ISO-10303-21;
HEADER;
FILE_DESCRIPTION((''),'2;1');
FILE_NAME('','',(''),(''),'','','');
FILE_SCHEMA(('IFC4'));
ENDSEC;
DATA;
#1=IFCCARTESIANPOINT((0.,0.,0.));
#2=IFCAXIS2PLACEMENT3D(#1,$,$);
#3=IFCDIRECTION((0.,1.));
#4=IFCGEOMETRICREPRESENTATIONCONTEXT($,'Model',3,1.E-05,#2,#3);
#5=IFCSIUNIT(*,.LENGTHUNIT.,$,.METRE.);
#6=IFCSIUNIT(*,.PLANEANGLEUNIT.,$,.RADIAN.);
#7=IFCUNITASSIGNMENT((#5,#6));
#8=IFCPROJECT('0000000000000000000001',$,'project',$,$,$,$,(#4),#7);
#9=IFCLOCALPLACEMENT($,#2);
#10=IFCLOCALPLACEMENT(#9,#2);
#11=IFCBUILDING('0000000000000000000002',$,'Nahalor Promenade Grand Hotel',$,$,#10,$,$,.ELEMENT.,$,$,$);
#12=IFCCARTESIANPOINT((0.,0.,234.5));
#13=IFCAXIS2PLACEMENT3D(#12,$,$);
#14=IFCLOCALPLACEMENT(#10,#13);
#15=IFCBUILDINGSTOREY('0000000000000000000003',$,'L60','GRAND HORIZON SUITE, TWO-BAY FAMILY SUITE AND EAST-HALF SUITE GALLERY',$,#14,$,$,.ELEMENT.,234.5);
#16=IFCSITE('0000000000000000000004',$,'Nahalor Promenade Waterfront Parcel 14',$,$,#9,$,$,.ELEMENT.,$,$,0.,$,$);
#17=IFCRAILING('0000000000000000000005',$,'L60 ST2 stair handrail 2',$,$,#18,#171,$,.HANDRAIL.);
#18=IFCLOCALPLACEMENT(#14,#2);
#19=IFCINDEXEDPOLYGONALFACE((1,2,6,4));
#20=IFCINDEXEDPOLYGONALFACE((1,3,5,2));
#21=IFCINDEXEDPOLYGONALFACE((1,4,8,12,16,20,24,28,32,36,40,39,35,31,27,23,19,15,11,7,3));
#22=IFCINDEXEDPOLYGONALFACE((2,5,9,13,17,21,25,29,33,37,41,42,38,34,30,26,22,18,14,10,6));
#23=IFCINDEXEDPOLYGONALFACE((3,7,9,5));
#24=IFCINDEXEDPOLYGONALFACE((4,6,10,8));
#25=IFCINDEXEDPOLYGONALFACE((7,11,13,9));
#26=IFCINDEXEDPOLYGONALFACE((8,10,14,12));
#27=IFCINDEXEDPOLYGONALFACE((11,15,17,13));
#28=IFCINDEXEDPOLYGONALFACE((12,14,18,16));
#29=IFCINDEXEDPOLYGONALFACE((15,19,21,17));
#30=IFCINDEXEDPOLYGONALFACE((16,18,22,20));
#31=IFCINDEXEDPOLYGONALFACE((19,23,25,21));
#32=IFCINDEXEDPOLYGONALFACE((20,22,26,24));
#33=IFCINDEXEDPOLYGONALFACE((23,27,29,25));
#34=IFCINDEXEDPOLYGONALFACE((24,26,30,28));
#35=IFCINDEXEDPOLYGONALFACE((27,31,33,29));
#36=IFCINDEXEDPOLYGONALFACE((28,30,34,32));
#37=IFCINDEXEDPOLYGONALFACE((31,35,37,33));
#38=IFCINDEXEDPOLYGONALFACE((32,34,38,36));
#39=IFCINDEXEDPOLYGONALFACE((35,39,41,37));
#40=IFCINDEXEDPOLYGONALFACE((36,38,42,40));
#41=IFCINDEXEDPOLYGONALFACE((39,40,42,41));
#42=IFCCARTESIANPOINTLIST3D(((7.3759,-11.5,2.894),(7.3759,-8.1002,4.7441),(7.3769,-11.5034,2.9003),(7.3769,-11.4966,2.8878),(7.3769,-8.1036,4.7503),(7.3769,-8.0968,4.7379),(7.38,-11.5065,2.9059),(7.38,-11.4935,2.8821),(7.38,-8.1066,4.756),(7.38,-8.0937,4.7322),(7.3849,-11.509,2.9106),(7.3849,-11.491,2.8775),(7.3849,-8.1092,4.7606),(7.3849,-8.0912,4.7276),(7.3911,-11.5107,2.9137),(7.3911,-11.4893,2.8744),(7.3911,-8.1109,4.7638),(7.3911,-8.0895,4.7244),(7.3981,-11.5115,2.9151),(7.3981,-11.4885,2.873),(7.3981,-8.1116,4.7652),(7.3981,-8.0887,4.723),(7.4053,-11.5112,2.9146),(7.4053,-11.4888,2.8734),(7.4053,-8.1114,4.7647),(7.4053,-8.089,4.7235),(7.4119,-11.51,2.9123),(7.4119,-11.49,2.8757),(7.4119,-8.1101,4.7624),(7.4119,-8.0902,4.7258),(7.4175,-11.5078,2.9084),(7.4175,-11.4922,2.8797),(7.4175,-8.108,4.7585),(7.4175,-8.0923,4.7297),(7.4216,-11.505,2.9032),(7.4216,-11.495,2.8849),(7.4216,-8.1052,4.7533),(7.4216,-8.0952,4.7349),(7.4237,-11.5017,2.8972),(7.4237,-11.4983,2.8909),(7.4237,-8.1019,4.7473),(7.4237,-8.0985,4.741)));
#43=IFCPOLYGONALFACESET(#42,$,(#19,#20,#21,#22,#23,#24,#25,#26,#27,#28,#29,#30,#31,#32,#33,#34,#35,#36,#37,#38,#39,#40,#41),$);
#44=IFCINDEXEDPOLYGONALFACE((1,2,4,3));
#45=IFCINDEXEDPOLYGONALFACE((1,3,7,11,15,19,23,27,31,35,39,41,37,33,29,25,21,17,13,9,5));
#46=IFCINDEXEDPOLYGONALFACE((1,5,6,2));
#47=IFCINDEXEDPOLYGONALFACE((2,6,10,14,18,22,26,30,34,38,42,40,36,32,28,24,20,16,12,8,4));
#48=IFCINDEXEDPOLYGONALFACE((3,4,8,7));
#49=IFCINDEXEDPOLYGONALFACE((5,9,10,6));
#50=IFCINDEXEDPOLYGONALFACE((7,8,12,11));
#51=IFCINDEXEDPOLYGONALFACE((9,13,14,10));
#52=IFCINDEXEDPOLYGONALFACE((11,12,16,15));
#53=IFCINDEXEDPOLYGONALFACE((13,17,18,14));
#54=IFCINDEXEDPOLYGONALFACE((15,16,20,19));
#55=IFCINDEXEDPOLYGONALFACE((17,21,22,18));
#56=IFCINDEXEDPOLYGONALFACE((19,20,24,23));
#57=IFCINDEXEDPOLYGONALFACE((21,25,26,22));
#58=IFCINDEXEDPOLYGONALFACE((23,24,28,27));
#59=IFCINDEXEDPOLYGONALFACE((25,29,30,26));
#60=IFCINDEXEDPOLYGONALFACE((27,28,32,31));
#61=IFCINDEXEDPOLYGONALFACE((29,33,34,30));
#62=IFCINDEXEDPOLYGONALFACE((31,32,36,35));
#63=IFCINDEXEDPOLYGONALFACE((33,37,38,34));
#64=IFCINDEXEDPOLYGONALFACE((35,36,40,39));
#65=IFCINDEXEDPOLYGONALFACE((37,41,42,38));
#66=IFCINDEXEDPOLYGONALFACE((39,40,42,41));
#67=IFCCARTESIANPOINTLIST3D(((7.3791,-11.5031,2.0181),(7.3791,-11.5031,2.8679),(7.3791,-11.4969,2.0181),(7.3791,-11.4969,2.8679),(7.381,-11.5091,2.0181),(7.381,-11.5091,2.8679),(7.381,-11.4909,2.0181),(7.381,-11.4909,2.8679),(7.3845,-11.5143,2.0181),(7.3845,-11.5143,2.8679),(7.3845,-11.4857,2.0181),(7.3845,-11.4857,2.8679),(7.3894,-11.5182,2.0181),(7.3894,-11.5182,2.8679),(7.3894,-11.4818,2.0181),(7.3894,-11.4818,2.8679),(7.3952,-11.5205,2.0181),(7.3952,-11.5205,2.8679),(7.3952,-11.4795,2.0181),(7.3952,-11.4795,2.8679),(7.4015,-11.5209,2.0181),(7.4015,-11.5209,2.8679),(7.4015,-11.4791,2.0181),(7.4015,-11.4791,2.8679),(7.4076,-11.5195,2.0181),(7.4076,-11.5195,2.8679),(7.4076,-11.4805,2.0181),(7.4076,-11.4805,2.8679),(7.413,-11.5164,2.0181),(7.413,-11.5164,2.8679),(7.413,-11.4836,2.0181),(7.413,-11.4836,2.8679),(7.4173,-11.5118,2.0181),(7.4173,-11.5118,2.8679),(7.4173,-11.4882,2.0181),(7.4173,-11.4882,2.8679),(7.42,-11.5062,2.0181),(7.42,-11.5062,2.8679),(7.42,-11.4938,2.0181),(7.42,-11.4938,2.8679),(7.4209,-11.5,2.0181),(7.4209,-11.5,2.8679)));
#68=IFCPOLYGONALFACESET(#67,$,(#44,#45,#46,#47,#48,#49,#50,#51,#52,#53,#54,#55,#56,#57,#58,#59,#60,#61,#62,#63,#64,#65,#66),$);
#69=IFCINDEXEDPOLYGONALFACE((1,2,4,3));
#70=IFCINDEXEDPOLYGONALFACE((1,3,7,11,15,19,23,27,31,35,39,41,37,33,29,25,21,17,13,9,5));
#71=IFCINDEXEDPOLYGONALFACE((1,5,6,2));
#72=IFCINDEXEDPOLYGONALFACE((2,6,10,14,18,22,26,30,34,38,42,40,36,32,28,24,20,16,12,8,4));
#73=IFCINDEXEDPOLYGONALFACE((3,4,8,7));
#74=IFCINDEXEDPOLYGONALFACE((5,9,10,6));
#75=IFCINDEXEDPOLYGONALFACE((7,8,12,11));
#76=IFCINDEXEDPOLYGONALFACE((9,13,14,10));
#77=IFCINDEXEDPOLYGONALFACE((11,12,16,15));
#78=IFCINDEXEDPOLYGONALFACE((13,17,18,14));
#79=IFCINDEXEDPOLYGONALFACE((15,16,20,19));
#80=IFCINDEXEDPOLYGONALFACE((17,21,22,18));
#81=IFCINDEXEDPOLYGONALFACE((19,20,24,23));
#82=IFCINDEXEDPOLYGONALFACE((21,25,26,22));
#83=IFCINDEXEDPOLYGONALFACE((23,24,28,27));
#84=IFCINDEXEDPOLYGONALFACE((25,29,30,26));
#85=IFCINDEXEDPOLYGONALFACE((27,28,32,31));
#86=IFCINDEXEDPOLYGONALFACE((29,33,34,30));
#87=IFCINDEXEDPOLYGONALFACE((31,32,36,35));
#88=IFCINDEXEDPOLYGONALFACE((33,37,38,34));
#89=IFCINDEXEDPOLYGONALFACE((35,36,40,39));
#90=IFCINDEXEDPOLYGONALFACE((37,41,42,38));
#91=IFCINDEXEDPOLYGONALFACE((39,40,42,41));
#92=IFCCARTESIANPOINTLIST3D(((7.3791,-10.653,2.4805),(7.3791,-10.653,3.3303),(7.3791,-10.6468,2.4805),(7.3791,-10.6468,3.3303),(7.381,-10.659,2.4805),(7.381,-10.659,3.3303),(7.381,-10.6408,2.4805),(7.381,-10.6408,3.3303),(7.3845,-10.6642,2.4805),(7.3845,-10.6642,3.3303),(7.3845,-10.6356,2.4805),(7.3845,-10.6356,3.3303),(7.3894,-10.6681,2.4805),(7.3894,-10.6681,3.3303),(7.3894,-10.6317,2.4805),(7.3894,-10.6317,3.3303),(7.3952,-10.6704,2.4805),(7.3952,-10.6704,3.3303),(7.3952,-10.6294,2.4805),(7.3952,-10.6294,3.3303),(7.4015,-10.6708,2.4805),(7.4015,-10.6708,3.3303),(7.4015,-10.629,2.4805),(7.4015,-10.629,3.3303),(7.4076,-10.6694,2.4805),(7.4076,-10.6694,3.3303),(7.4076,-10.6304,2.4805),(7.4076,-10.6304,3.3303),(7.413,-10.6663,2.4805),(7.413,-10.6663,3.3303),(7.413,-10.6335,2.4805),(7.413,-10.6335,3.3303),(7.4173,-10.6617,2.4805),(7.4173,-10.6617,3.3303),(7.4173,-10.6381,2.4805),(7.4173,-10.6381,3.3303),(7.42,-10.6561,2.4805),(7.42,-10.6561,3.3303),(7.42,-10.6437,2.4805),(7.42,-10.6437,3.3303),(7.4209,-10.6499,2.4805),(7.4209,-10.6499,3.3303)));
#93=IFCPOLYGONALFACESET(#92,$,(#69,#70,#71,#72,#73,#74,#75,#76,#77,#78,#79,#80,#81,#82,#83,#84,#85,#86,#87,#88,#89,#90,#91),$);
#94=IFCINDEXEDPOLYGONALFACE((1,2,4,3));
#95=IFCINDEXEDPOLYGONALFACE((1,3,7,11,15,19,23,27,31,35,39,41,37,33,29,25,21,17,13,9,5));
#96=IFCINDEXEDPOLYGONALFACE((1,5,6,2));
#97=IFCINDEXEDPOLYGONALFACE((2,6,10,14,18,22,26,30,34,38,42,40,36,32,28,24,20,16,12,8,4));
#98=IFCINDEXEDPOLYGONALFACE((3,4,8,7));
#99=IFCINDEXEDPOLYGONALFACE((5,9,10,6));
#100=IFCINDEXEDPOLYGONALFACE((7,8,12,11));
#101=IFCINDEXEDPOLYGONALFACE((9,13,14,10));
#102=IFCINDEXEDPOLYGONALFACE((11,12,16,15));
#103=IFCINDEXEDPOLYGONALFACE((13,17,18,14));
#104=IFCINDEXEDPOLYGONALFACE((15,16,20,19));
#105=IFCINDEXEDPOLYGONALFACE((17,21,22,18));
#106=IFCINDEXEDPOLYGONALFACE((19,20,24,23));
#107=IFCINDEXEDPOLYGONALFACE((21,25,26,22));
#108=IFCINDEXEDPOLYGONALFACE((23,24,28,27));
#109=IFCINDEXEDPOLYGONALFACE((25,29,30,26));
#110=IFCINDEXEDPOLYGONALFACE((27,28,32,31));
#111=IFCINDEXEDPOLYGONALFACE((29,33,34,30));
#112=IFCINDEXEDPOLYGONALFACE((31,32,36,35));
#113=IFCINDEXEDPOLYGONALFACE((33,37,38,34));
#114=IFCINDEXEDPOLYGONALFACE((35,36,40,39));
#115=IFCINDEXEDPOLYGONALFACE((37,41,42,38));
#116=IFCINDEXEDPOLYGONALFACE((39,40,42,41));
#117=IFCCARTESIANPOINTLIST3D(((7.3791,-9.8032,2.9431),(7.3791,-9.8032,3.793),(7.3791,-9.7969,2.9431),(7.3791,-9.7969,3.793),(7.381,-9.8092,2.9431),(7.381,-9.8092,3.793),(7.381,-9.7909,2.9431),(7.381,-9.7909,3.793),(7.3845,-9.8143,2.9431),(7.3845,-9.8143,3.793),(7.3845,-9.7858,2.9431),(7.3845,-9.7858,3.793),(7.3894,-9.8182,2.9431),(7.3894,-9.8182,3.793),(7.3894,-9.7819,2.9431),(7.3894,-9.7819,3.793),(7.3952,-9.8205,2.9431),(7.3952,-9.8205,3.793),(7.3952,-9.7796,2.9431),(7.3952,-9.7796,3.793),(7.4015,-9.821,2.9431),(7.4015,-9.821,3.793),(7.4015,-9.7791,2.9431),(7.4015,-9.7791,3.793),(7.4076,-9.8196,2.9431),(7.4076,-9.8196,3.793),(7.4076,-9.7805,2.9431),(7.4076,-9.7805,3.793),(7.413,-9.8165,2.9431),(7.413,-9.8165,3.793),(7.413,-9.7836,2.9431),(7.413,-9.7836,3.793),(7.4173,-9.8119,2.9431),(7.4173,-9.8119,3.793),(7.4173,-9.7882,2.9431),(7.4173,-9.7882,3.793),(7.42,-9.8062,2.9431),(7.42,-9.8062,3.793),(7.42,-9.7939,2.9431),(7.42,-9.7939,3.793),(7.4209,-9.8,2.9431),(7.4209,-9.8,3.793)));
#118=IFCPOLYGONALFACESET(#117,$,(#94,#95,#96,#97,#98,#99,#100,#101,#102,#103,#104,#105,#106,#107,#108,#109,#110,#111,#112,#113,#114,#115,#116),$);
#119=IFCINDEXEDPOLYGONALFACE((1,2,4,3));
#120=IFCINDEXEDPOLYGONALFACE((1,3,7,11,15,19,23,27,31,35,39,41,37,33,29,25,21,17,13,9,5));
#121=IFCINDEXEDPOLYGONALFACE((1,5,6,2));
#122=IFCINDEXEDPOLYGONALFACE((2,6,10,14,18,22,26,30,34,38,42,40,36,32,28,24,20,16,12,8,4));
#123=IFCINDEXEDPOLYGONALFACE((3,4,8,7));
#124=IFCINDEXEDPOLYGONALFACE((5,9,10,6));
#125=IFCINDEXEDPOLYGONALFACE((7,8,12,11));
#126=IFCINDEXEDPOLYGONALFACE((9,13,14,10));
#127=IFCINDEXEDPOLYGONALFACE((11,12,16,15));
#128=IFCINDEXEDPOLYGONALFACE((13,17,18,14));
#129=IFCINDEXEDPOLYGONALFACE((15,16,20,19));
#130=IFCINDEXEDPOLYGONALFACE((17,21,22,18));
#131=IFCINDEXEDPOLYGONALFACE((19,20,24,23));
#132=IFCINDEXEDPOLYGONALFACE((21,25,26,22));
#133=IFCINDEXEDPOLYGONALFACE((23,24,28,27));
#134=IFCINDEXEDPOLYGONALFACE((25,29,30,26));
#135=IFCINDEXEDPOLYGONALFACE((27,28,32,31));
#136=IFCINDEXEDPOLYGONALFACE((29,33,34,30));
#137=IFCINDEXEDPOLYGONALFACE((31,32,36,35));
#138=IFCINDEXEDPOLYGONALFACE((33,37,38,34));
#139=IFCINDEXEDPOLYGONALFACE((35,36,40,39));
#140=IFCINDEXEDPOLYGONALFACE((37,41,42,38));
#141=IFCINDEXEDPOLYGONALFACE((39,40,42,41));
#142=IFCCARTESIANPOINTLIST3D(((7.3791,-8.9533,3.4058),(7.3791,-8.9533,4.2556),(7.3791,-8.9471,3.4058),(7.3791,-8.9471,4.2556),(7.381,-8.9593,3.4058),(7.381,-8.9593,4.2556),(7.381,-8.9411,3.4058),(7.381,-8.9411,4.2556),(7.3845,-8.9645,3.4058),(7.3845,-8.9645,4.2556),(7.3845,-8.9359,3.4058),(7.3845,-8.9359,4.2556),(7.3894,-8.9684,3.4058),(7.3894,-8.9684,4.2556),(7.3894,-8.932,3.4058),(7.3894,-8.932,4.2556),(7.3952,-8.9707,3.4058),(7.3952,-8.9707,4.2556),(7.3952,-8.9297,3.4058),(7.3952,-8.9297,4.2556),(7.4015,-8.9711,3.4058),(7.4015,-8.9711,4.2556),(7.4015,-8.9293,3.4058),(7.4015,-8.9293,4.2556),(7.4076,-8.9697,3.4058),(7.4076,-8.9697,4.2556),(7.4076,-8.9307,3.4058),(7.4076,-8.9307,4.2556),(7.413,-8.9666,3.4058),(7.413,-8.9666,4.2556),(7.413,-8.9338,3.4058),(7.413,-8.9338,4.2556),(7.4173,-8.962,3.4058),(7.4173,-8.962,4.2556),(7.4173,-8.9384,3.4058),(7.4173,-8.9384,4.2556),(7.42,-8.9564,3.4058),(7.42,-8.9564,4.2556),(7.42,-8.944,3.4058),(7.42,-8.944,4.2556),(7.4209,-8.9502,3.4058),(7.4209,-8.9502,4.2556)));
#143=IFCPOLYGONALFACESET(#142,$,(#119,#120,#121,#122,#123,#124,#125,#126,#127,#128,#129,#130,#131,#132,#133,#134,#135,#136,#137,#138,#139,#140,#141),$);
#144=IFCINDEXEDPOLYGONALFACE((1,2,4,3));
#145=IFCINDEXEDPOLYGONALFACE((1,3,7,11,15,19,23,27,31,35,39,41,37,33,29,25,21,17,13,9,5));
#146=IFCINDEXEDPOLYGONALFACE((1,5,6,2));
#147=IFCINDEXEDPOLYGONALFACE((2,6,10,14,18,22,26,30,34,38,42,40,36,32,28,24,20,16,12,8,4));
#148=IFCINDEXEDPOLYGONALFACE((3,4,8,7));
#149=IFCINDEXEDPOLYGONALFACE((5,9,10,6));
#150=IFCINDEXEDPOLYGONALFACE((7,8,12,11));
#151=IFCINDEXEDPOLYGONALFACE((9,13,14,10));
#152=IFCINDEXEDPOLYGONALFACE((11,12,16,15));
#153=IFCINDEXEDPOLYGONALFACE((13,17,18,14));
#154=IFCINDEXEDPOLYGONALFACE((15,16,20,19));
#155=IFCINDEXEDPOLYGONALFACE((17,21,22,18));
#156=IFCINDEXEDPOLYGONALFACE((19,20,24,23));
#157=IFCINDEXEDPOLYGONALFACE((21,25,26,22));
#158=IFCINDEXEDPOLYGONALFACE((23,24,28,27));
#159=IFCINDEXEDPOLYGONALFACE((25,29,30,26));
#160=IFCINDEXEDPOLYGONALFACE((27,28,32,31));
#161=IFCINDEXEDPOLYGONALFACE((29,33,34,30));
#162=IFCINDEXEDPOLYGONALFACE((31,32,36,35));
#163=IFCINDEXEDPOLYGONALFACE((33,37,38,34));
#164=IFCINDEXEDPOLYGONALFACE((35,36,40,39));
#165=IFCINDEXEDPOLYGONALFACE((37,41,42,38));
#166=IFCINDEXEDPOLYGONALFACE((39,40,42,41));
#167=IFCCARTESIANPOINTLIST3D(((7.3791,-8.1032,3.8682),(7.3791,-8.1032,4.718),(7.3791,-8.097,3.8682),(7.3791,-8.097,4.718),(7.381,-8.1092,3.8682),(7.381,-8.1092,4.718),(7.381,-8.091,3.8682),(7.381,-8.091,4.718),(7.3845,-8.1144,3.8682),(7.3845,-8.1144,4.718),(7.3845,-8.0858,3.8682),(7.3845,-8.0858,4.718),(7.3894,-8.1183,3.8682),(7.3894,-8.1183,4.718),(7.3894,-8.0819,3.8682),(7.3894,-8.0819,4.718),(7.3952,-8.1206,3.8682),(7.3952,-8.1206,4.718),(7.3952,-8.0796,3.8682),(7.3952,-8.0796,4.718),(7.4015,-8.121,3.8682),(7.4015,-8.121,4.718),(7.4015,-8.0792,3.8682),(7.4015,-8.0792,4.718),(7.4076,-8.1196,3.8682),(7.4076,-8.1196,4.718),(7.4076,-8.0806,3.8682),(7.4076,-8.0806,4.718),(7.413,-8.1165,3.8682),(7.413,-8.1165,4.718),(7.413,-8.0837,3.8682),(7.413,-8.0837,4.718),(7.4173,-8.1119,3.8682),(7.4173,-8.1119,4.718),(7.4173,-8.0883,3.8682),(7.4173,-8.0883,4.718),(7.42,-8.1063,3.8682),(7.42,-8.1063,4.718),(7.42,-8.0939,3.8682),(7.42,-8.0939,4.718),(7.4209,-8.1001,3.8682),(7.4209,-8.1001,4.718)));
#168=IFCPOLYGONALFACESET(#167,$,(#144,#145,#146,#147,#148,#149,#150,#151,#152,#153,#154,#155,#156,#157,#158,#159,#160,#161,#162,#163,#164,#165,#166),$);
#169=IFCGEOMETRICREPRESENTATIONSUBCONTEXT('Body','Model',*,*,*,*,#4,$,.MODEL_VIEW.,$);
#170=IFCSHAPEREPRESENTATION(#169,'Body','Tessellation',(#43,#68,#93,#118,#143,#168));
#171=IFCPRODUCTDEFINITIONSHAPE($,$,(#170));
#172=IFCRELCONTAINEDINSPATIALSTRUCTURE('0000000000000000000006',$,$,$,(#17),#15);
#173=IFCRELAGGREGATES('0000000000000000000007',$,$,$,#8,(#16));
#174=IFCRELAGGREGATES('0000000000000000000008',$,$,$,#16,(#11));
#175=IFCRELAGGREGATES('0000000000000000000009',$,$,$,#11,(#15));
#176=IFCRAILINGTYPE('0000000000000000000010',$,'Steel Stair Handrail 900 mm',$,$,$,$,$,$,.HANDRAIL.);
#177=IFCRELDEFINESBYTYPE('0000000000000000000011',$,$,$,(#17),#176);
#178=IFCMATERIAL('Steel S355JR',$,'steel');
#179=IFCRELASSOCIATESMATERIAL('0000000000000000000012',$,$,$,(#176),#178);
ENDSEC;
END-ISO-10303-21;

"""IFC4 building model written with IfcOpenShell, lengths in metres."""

from ifc_helpers import new_model, si_unit, direction, frame, origin, origin_2d, place, context, subcontext, project, spatial, circle, extrude, material, type_object, element, save


model = new_model("IFC4")

# Units and contexts
model_context = context("Model", 3, precision=1e-05, world=origin(), true_north=direction((0.0, 1.0)))
body_context = subcontext(model_context, "Body", "Model", "MODEL_VIEW")
ifc_project = project(units=[si_unit("LENGTHUNIT", "METRE"), si_unit("PLANEANGLEUNIT", "RADIAN")], contexts=[model_context])

# Site, building, storey
site_placement = place(None, origin())
site = spatial("IfcSite", under=ifc_project, at=site_placement, Name="Nahalor Promenade Waterfront Parcel 14", CompositionType="ELEMENT", RefElevation=0.0)
building_placement = place(site_placement, origin())
building = spatial("IfcBuilding", under=site, at=building_placement, Name="Nahalor Promenade Grand Hotel", CompositionType="ELEMENT")
storey_placement = place(building_placement, frame((0.0, 0.0, 234.5)))
storey = spatial("IfcBuildingStorey", under=building, at=storey_placement, Name="L60", Description="GRAND HORIZON SUITE, TWO-BAY FAMILY SUITE AND EAST-HALF SUITE GALLERY", CompositionType="ELEMENT", Elevation=234.5)

# Shared definitions
ifc_material_1 = material(Name="Steel S355JR", Category="steel")

# Railing
railing_type_1 = type_object("IfcRailingType", Name="Steel Stair Handrail 900 mm", PredefinedType="HANDRAIL", material=ifc_material_1)
railing_1_placement = place(storey_placement, frame((7.3999, -11.5, 2.0181)))
element("IfcRailing", 1, at=railing_1_placement, inside=storey, type_object=railing_type_1, Name="L60 ST2 stair handrail 2", PredefinedType="HANDRAIL", context=body_context, shape_type="SweptSolid", body=[
    extrude(circle(Radius=0.024, at=origin_2d()), frame((0.0, 0.0, 0.876), z_axis=(0.0, 0.878372, 0.477977), x_axis=(-1.0, 0.0, 0.0)), (0.0, 0.0, 1.0), 3.8706),
    extrude(circle(Radius=0.021, at=origin_2d()), origin(), (0.0, 0.0, 1.0), 0.8499),
    extrude(circle(Radius=0.021, at=origin_2d()), frame((0.0, 0.8501, 0.4624)), (0.0, 0.0, 1.0), 0.8499),
    extrude(circle(Radius=0.021, at=origin_2d()), frame((0.0, 1.7, 0.925)), (0.0, 0.0, 1.0), 0.8499),
    extrude(circle(Radius=0.021, at=origin_2d()), frame((0.0, 2.5498, 1.3877)), (0.0, 0.0, 1.0), 0.8499),
    extrude(circle(Radius=0.021, at=origin_2d()), frame((0.0, 3.3999, 1.8501)), (0.0, 0.0, 1.0), 0.8499),
])

save(model, "model.ifc")
